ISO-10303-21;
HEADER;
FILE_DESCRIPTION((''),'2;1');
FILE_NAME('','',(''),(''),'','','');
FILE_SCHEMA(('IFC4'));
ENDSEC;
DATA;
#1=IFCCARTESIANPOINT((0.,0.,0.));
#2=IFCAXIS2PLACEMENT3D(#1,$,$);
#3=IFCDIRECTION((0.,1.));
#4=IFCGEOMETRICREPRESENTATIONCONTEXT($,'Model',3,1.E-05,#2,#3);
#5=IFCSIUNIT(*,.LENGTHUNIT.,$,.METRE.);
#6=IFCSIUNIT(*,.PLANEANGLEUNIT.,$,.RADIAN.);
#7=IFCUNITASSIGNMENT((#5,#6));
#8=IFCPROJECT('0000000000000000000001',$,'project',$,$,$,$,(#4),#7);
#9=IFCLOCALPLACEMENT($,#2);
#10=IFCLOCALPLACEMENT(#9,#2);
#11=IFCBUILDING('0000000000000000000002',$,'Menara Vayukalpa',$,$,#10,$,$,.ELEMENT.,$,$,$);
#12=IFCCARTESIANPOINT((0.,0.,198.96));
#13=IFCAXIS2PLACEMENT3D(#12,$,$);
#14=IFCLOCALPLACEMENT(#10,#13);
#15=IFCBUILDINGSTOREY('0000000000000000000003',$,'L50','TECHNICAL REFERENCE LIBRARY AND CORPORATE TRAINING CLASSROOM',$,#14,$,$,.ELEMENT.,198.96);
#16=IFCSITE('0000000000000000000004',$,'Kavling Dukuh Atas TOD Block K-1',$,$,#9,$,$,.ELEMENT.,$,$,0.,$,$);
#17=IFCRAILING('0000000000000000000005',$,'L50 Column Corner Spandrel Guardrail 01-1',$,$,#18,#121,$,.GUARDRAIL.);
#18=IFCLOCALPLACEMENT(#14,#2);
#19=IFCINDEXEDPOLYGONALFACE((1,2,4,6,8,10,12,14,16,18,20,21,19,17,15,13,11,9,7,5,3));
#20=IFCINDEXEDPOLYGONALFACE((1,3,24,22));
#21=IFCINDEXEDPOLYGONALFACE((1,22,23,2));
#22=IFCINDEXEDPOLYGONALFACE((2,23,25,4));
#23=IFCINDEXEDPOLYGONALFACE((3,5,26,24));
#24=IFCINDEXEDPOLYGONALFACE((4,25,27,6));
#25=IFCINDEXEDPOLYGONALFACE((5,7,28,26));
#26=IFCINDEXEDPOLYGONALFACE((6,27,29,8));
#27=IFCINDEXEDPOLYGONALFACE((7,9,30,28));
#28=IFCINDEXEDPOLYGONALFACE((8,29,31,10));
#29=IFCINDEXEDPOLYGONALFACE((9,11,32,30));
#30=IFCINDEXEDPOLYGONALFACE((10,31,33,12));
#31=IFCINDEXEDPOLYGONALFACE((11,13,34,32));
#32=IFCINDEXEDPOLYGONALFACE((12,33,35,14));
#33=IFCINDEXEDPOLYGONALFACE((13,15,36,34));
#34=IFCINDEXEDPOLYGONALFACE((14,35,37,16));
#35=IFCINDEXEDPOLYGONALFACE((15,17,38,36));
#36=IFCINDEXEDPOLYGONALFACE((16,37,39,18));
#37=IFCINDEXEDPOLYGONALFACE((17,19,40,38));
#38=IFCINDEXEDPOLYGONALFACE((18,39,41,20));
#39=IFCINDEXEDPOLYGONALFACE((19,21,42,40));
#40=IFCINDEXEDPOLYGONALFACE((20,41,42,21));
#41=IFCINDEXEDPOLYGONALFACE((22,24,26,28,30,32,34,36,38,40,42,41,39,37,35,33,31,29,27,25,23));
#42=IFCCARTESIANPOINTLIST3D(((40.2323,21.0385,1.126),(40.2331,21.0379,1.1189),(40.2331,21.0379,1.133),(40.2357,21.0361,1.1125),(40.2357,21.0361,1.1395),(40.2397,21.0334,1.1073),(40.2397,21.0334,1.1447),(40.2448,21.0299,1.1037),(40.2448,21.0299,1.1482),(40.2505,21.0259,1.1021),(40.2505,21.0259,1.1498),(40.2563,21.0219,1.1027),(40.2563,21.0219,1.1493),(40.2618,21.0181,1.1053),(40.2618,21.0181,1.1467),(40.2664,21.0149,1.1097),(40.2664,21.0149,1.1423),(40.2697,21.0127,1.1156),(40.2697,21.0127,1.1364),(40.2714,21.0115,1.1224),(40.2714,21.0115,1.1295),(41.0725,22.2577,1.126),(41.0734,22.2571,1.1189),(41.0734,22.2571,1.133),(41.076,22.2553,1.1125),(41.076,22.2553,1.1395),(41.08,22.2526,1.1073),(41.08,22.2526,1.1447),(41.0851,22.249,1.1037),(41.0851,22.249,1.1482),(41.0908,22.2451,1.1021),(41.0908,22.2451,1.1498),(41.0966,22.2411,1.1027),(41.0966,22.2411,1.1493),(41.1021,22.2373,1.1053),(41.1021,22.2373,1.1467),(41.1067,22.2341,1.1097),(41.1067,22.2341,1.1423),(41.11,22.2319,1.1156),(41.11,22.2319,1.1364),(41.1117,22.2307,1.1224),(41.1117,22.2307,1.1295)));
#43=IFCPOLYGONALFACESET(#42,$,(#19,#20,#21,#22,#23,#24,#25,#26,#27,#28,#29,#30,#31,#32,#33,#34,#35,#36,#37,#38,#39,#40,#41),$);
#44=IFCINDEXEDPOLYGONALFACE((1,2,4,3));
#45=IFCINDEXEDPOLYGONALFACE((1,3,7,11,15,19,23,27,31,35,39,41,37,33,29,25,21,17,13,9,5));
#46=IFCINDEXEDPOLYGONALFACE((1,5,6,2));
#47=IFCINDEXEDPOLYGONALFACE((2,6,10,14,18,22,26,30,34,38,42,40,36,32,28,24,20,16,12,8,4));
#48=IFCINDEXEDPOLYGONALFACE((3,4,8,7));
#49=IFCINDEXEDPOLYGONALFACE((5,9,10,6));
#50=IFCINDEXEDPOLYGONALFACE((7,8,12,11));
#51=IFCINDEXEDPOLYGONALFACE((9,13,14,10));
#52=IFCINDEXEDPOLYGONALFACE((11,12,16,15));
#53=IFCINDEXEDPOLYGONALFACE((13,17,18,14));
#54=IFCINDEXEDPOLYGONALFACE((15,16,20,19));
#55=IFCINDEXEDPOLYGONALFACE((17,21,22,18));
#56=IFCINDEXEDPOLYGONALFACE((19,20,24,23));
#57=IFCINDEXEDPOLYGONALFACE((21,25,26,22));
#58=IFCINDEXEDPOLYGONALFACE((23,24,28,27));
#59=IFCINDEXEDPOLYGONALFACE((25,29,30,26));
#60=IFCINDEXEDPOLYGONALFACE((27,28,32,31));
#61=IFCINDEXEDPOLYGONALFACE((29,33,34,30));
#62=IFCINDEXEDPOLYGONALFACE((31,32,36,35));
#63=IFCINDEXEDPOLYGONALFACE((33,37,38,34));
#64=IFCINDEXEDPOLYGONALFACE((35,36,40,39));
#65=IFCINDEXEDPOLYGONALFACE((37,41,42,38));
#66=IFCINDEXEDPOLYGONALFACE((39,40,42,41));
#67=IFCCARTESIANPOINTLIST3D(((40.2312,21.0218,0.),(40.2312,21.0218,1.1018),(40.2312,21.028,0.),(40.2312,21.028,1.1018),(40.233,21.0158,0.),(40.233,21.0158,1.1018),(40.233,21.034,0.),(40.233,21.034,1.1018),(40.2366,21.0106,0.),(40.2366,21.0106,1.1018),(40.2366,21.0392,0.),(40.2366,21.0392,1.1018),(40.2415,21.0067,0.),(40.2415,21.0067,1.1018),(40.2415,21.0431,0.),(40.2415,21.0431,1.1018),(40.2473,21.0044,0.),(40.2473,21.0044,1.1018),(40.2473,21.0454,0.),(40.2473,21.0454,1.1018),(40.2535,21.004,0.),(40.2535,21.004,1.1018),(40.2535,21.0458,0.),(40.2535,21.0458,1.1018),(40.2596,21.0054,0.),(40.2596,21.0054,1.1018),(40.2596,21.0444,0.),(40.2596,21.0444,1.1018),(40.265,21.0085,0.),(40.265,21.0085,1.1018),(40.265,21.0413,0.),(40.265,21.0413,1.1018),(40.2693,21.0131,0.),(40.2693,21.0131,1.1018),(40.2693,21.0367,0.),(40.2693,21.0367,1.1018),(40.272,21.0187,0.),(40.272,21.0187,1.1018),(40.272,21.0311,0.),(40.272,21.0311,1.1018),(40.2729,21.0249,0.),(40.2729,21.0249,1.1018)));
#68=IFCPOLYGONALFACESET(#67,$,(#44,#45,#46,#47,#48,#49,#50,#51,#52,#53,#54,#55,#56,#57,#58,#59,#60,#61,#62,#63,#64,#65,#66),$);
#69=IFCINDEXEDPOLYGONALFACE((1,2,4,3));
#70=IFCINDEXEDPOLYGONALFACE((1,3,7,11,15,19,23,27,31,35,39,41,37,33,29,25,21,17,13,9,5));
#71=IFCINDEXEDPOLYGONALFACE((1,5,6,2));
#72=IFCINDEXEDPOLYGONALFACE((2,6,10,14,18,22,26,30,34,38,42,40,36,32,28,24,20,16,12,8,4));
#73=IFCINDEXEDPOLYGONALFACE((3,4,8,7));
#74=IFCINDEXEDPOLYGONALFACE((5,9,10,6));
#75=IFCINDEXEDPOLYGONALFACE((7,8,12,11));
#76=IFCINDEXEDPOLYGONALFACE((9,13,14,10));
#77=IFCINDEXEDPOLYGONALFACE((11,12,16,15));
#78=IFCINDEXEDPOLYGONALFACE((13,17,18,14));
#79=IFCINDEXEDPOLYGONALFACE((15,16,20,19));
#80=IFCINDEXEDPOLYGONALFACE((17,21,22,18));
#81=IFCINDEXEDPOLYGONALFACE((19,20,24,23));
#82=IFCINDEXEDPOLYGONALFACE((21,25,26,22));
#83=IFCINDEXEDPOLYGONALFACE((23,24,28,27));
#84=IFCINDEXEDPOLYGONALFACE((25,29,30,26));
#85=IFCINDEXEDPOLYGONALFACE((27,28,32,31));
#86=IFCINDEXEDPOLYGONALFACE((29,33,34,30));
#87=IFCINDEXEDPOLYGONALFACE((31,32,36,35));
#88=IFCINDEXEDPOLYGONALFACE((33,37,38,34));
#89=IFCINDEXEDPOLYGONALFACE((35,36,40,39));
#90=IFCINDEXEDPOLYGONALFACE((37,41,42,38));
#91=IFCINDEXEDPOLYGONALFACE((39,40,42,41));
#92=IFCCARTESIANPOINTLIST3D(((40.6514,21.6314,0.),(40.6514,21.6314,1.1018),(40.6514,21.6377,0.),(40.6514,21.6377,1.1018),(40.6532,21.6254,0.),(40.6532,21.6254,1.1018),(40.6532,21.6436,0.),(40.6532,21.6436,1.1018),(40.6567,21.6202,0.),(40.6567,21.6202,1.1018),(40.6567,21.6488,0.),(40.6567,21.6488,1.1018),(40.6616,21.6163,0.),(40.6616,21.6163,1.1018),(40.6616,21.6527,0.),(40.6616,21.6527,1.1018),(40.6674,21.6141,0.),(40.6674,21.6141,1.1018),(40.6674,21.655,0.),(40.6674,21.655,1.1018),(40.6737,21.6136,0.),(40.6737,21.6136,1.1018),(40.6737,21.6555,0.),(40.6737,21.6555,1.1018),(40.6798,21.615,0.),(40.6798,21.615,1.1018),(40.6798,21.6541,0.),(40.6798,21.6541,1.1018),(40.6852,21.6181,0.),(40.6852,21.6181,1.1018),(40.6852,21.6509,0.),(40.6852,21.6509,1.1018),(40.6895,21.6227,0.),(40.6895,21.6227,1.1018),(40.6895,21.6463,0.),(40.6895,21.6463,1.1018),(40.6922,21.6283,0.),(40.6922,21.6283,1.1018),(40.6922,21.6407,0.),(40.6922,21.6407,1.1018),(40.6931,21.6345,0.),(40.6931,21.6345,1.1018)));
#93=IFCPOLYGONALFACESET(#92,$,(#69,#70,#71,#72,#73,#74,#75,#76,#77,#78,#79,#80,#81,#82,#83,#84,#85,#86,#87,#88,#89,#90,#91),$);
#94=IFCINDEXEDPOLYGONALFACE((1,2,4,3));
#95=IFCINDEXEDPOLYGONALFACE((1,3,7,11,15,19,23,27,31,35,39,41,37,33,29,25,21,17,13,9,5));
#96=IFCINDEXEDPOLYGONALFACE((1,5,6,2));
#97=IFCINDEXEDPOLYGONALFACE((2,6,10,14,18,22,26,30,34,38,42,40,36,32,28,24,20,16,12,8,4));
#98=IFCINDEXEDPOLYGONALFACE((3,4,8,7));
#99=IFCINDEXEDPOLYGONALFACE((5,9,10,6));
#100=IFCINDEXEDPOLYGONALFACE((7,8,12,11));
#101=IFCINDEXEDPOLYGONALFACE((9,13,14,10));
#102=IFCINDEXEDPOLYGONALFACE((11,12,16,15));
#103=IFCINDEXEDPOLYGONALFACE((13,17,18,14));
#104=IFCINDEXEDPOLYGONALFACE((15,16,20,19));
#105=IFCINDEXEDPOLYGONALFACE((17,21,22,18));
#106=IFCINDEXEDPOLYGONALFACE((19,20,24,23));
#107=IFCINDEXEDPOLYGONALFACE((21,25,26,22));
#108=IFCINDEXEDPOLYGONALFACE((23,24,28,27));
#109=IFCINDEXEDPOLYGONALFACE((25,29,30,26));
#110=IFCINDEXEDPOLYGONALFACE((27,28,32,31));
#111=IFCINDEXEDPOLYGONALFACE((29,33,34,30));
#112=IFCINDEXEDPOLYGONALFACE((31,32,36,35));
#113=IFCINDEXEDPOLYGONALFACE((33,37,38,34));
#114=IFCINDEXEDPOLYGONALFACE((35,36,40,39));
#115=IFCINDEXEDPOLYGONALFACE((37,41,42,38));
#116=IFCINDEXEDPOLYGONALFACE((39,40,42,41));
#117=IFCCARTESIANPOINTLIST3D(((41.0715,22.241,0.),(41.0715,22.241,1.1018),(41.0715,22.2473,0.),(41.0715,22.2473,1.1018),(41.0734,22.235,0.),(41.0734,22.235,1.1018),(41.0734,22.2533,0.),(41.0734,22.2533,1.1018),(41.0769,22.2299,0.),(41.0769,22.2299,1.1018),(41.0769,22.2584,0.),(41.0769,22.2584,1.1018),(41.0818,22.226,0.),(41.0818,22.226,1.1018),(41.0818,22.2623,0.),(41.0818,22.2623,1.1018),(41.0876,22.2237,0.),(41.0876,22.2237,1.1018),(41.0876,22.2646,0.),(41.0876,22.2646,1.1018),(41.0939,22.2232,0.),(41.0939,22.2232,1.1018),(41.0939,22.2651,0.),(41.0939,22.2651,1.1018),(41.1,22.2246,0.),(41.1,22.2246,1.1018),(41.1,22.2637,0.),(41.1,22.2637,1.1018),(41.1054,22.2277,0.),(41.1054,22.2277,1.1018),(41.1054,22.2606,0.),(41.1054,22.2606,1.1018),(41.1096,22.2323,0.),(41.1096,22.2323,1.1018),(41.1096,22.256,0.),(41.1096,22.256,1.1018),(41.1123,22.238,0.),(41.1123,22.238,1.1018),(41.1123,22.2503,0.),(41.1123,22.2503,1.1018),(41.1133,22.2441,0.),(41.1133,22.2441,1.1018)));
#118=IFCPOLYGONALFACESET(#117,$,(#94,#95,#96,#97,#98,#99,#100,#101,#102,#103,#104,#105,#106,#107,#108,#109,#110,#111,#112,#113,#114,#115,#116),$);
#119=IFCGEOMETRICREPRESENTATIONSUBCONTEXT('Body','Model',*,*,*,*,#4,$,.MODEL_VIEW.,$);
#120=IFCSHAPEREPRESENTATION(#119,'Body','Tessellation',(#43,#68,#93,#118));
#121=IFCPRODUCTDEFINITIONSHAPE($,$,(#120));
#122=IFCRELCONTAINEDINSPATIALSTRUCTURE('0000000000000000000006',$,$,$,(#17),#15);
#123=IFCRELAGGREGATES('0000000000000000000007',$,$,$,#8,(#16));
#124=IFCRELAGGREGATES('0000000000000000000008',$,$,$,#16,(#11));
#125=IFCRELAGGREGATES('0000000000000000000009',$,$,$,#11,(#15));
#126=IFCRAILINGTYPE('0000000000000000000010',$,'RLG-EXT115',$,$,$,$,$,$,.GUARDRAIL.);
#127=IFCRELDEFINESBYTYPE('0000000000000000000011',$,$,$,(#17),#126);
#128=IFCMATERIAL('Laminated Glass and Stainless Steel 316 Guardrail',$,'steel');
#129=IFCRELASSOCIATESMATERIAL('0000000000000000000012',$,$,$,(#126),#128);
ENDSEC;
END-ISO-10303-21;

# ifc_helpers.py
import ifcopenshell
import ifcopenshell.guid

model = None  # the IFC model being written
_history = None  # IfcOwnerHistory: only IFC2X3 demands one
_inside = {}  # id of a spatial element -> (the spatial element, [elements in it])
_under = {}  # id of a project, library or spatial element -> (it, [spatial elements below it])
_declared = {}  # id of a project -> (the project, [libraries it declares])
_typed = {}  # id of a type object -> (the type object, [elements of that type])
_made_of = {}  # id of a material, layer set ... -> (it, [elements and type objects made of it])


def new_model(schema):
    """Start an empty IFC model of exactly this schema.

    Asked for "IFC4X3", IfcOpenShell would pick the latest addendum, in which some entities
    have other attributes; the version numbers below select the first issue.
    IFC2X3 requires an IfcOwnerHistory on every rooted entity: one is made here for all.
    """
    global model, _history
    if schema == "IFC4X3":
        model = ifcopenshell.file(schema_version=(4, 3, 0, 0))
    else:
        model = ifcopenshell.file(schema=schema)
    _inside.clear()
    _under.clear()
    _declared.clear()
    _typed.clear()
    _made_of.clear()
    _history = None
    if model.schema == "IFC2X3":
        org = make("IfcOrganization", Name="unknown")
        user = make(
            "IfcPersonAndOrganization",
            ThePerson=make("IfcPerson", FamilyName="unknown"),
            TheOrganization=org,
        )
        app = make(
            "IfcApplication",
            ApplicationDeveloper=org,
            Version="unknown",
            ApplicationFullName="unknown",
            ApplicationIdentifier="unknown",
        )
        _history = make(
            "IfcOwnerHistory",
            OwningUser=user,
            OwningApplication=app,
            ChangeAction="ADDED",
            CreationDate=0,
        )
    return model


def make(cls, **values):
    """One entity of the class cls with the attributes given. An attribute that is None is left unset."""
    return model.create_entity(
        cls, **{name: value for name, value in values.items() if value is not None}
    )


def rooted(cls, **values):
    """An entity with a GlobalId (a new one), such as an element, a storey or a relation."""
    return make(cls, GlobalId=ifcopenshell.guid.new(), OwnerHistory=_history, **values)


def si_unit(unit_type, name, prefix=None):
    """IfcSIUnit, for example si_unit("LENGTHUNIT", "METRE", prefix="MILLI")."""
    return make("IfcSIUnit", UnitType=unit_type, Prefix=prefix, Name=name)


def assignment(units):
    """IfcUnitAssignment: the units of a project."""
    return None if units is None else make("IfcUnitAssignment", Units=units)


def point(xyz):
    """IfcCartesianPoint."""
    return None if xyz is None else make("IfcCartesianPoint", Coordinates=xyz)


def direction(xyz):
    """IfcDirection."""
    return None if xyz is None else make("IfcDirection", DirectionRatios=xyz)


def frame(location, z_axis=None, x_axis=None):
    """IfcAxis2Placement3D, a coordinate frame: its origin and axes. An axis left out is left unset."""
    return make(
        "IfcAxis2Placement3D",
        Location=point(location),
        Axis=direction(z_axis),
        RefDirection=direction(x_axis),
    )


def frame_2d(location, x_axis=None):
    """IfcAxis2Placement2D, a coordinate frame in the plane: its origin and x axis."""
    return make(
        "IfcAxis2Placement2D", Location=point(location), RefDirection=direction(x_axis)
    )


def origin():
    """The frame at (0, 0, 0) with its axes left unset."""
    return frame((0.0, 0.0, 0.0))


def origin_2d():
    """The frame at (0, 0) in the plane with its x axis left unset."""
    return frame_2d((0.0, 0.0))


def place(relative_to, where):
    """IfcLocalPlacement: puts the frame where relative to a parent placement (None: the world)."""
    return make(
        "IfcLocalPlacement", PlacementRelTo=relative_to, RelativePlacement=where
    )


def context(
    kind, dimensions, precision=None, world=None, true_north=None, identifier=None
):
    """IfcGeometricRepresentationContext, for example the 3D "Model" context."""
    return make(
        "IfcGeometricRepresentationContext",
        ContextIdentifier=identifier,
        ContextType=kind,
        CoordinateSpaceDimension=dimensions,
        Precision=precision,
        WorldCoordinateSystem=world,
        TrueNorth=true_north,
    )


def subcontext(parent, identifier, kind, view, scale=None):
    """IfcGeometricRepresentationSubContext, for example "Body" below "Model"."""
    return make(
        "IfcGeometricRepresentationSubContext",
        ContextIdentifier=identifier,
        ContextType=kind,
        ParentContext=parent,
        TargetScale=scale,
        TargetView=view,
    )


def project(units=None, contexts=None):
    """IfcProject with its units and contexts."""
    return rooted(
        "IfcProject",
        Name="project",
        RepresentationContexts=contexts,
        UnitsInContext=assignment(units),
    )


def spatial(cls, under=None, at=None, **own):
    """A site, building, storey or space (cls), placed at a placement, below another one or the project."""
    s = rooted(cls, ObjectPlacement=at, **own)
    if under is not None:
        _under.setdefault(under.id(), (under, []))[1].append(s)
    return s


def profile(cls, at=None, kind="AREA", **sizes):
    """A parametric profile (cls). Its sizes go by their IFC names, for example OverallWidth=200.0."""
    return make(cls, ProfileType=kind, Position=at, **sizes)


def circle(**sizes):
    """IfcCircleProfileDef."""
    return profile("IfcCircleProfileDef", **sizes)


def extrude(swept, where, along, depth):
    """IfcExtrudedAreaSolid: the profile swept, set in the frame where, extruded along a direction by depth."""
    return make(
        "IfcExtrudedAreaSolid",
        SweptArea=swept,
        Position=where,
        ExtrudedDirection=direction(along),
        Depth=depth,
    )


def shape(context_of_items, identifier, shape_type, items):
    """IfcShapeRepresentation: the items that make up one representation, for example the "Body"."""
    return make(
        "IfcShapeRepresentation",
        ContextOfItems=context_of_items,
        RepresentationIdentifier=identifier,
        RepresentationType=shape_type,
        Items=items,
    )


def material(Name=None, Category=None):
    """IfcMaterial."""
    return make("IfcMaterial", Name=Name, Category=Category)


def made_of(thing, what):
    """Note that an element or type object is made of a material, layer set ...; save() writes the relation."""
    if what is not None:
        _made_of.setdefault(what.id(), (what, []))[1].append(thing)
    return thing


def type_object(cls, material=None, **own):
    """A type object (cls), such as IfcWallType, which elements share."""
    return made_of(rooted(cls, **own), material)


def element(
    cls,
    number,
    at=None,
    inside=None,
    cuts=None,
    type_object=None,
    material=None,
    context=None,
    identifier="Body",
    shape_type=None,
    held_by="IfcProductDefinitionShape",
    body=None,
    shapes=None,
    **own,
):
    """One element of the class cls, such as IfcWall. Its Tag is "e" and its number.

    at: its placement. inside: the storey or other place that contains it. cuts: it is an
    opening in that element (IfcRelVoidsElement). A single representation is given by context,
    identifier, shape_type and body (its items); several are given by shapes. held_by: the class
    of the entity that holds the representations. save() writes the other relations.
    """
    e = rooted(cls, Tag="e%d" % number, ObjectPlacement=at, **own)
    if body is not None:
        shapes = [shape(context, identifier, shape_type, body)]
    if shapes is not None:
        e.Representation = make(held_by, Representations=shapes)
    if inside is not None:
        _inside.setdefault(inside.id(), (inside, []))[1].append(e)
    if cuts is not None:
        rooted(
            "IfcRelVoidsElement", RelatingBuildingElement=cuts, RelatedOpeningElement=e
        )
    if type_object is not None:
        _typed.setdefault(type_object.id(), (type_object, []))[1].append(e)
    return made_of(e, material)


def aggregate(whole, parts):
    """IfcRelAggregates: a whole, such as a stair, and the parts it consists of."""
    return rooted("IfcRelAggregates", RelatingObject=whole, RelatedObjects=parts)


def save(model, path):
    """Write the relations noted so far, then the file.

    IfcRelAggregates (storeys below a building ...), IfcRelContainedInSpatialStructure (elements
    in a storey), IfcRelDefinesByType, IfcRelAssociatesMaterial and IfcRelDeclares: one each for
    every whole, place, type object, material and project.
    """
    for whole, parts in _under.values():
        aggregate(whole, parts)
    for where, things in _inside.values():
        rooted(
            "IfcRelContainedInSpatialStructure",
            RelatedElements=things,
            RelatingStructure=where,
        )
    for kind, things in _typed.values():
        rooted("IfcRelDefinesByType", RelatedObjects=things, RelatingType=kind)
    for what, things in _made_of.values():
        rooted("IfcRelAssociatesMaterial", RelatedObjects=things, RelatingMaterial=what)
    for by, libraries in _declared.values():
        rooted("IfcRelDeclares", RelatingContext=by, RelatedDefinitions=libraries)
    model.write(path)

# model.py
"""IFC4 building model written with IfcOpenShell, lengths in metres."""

from ifc_helpers import new_model, si_unit, direction, frame, origin, origin_2d, place, context, subcontext, project, spatial, circle, extrude, material, type_object, element, save


model = new_model("IFC4")

# Units and contexts
model_context = context("Model", 3, precision=1e-05, world=origin(), true_north=direction((0.0, 1.0)))
body_context = subcontext(model_context, "Body", "Model", "MODEL_VIEW")
ifc_project = project(units=[si_unit("LENGTHUNIT", "METRE"), si_unit("PLANEANGLEUNIT", "RADIAN")], contexts=[model_context])

# Site, building, storey
site_placement = place(None, origin())
site = spatial("IfcSite", under=ifc_project, at=site_placement, Name="Kavling Dukuh Atas TOD Block K-1", CompositionType="ELEMENT", RefElevation=0.0)
building_placement = place(site_placement, origin())
building = spatial("IfcBuilding", under=site, at=building_placement, Name="Menara Vayukalpa", CompositionType="ELEMENT")
storey_placement = place(building_placement, frame((0.0, 0.0, 198.96)))
storey = spatial("IfcBuildingStorey", under=building, at=storey_placement, Name="L50", Description="TECHNICAL REFERENCE LIBRARY AND CORPORATE TRAINING CLASSROOM", CompositionType="ELEMENT", Elevation=198.96)

# Railing
ifc_material_1 = material(Name="Laminated Glass and Stainless Steel 316 Guardrail", Category="steel")
railing_type_1 = type_object("IfcRailingType", Name="RLG-EXT115", PredefinedType="GUARDRAIL", material=ifc_material_1)
railing_1_placement = place(storey_placement, frame((40.252, 21.0249, 0.0)))
element("IfcRailing", 1, at=railing_1_placement, inside=storey, type_object=railing_type_1, Name="L50 Column Corner Spandrel Guardrail 01-1", PredefinedType="GUARDRAIL", context=body_context, shape_type="SweptSolid", body=[
    extrude(circle(Radius=0.0239, at=origin_2d()), frame((0.0, 0.0, 1.126), z_axis=(0.567494, 0.823377, 0.0), x_axis=(-0.823377, 0.567494, 0.0)), (0.0, 0.0, 1.0), 1.4807),
    extrude(circle(Radius=0.021, at=origin_2d()), origin(), (0.0, 0.0, 1.0), 1.1018),
    extrude(circle(Radius=0.021, at=origin_2d()), frame((0.4202, 0.6096, 0.0)), (0.0, 0.0, 1.0), 1.1018),
    extrude(circle(Radius=0.021, at=origin_2d()), frame((0.8403, 1.2192, 0.0)), (0.0, 0.0, 1.0), 1.1018),
])

save(model, "model.ifc")
